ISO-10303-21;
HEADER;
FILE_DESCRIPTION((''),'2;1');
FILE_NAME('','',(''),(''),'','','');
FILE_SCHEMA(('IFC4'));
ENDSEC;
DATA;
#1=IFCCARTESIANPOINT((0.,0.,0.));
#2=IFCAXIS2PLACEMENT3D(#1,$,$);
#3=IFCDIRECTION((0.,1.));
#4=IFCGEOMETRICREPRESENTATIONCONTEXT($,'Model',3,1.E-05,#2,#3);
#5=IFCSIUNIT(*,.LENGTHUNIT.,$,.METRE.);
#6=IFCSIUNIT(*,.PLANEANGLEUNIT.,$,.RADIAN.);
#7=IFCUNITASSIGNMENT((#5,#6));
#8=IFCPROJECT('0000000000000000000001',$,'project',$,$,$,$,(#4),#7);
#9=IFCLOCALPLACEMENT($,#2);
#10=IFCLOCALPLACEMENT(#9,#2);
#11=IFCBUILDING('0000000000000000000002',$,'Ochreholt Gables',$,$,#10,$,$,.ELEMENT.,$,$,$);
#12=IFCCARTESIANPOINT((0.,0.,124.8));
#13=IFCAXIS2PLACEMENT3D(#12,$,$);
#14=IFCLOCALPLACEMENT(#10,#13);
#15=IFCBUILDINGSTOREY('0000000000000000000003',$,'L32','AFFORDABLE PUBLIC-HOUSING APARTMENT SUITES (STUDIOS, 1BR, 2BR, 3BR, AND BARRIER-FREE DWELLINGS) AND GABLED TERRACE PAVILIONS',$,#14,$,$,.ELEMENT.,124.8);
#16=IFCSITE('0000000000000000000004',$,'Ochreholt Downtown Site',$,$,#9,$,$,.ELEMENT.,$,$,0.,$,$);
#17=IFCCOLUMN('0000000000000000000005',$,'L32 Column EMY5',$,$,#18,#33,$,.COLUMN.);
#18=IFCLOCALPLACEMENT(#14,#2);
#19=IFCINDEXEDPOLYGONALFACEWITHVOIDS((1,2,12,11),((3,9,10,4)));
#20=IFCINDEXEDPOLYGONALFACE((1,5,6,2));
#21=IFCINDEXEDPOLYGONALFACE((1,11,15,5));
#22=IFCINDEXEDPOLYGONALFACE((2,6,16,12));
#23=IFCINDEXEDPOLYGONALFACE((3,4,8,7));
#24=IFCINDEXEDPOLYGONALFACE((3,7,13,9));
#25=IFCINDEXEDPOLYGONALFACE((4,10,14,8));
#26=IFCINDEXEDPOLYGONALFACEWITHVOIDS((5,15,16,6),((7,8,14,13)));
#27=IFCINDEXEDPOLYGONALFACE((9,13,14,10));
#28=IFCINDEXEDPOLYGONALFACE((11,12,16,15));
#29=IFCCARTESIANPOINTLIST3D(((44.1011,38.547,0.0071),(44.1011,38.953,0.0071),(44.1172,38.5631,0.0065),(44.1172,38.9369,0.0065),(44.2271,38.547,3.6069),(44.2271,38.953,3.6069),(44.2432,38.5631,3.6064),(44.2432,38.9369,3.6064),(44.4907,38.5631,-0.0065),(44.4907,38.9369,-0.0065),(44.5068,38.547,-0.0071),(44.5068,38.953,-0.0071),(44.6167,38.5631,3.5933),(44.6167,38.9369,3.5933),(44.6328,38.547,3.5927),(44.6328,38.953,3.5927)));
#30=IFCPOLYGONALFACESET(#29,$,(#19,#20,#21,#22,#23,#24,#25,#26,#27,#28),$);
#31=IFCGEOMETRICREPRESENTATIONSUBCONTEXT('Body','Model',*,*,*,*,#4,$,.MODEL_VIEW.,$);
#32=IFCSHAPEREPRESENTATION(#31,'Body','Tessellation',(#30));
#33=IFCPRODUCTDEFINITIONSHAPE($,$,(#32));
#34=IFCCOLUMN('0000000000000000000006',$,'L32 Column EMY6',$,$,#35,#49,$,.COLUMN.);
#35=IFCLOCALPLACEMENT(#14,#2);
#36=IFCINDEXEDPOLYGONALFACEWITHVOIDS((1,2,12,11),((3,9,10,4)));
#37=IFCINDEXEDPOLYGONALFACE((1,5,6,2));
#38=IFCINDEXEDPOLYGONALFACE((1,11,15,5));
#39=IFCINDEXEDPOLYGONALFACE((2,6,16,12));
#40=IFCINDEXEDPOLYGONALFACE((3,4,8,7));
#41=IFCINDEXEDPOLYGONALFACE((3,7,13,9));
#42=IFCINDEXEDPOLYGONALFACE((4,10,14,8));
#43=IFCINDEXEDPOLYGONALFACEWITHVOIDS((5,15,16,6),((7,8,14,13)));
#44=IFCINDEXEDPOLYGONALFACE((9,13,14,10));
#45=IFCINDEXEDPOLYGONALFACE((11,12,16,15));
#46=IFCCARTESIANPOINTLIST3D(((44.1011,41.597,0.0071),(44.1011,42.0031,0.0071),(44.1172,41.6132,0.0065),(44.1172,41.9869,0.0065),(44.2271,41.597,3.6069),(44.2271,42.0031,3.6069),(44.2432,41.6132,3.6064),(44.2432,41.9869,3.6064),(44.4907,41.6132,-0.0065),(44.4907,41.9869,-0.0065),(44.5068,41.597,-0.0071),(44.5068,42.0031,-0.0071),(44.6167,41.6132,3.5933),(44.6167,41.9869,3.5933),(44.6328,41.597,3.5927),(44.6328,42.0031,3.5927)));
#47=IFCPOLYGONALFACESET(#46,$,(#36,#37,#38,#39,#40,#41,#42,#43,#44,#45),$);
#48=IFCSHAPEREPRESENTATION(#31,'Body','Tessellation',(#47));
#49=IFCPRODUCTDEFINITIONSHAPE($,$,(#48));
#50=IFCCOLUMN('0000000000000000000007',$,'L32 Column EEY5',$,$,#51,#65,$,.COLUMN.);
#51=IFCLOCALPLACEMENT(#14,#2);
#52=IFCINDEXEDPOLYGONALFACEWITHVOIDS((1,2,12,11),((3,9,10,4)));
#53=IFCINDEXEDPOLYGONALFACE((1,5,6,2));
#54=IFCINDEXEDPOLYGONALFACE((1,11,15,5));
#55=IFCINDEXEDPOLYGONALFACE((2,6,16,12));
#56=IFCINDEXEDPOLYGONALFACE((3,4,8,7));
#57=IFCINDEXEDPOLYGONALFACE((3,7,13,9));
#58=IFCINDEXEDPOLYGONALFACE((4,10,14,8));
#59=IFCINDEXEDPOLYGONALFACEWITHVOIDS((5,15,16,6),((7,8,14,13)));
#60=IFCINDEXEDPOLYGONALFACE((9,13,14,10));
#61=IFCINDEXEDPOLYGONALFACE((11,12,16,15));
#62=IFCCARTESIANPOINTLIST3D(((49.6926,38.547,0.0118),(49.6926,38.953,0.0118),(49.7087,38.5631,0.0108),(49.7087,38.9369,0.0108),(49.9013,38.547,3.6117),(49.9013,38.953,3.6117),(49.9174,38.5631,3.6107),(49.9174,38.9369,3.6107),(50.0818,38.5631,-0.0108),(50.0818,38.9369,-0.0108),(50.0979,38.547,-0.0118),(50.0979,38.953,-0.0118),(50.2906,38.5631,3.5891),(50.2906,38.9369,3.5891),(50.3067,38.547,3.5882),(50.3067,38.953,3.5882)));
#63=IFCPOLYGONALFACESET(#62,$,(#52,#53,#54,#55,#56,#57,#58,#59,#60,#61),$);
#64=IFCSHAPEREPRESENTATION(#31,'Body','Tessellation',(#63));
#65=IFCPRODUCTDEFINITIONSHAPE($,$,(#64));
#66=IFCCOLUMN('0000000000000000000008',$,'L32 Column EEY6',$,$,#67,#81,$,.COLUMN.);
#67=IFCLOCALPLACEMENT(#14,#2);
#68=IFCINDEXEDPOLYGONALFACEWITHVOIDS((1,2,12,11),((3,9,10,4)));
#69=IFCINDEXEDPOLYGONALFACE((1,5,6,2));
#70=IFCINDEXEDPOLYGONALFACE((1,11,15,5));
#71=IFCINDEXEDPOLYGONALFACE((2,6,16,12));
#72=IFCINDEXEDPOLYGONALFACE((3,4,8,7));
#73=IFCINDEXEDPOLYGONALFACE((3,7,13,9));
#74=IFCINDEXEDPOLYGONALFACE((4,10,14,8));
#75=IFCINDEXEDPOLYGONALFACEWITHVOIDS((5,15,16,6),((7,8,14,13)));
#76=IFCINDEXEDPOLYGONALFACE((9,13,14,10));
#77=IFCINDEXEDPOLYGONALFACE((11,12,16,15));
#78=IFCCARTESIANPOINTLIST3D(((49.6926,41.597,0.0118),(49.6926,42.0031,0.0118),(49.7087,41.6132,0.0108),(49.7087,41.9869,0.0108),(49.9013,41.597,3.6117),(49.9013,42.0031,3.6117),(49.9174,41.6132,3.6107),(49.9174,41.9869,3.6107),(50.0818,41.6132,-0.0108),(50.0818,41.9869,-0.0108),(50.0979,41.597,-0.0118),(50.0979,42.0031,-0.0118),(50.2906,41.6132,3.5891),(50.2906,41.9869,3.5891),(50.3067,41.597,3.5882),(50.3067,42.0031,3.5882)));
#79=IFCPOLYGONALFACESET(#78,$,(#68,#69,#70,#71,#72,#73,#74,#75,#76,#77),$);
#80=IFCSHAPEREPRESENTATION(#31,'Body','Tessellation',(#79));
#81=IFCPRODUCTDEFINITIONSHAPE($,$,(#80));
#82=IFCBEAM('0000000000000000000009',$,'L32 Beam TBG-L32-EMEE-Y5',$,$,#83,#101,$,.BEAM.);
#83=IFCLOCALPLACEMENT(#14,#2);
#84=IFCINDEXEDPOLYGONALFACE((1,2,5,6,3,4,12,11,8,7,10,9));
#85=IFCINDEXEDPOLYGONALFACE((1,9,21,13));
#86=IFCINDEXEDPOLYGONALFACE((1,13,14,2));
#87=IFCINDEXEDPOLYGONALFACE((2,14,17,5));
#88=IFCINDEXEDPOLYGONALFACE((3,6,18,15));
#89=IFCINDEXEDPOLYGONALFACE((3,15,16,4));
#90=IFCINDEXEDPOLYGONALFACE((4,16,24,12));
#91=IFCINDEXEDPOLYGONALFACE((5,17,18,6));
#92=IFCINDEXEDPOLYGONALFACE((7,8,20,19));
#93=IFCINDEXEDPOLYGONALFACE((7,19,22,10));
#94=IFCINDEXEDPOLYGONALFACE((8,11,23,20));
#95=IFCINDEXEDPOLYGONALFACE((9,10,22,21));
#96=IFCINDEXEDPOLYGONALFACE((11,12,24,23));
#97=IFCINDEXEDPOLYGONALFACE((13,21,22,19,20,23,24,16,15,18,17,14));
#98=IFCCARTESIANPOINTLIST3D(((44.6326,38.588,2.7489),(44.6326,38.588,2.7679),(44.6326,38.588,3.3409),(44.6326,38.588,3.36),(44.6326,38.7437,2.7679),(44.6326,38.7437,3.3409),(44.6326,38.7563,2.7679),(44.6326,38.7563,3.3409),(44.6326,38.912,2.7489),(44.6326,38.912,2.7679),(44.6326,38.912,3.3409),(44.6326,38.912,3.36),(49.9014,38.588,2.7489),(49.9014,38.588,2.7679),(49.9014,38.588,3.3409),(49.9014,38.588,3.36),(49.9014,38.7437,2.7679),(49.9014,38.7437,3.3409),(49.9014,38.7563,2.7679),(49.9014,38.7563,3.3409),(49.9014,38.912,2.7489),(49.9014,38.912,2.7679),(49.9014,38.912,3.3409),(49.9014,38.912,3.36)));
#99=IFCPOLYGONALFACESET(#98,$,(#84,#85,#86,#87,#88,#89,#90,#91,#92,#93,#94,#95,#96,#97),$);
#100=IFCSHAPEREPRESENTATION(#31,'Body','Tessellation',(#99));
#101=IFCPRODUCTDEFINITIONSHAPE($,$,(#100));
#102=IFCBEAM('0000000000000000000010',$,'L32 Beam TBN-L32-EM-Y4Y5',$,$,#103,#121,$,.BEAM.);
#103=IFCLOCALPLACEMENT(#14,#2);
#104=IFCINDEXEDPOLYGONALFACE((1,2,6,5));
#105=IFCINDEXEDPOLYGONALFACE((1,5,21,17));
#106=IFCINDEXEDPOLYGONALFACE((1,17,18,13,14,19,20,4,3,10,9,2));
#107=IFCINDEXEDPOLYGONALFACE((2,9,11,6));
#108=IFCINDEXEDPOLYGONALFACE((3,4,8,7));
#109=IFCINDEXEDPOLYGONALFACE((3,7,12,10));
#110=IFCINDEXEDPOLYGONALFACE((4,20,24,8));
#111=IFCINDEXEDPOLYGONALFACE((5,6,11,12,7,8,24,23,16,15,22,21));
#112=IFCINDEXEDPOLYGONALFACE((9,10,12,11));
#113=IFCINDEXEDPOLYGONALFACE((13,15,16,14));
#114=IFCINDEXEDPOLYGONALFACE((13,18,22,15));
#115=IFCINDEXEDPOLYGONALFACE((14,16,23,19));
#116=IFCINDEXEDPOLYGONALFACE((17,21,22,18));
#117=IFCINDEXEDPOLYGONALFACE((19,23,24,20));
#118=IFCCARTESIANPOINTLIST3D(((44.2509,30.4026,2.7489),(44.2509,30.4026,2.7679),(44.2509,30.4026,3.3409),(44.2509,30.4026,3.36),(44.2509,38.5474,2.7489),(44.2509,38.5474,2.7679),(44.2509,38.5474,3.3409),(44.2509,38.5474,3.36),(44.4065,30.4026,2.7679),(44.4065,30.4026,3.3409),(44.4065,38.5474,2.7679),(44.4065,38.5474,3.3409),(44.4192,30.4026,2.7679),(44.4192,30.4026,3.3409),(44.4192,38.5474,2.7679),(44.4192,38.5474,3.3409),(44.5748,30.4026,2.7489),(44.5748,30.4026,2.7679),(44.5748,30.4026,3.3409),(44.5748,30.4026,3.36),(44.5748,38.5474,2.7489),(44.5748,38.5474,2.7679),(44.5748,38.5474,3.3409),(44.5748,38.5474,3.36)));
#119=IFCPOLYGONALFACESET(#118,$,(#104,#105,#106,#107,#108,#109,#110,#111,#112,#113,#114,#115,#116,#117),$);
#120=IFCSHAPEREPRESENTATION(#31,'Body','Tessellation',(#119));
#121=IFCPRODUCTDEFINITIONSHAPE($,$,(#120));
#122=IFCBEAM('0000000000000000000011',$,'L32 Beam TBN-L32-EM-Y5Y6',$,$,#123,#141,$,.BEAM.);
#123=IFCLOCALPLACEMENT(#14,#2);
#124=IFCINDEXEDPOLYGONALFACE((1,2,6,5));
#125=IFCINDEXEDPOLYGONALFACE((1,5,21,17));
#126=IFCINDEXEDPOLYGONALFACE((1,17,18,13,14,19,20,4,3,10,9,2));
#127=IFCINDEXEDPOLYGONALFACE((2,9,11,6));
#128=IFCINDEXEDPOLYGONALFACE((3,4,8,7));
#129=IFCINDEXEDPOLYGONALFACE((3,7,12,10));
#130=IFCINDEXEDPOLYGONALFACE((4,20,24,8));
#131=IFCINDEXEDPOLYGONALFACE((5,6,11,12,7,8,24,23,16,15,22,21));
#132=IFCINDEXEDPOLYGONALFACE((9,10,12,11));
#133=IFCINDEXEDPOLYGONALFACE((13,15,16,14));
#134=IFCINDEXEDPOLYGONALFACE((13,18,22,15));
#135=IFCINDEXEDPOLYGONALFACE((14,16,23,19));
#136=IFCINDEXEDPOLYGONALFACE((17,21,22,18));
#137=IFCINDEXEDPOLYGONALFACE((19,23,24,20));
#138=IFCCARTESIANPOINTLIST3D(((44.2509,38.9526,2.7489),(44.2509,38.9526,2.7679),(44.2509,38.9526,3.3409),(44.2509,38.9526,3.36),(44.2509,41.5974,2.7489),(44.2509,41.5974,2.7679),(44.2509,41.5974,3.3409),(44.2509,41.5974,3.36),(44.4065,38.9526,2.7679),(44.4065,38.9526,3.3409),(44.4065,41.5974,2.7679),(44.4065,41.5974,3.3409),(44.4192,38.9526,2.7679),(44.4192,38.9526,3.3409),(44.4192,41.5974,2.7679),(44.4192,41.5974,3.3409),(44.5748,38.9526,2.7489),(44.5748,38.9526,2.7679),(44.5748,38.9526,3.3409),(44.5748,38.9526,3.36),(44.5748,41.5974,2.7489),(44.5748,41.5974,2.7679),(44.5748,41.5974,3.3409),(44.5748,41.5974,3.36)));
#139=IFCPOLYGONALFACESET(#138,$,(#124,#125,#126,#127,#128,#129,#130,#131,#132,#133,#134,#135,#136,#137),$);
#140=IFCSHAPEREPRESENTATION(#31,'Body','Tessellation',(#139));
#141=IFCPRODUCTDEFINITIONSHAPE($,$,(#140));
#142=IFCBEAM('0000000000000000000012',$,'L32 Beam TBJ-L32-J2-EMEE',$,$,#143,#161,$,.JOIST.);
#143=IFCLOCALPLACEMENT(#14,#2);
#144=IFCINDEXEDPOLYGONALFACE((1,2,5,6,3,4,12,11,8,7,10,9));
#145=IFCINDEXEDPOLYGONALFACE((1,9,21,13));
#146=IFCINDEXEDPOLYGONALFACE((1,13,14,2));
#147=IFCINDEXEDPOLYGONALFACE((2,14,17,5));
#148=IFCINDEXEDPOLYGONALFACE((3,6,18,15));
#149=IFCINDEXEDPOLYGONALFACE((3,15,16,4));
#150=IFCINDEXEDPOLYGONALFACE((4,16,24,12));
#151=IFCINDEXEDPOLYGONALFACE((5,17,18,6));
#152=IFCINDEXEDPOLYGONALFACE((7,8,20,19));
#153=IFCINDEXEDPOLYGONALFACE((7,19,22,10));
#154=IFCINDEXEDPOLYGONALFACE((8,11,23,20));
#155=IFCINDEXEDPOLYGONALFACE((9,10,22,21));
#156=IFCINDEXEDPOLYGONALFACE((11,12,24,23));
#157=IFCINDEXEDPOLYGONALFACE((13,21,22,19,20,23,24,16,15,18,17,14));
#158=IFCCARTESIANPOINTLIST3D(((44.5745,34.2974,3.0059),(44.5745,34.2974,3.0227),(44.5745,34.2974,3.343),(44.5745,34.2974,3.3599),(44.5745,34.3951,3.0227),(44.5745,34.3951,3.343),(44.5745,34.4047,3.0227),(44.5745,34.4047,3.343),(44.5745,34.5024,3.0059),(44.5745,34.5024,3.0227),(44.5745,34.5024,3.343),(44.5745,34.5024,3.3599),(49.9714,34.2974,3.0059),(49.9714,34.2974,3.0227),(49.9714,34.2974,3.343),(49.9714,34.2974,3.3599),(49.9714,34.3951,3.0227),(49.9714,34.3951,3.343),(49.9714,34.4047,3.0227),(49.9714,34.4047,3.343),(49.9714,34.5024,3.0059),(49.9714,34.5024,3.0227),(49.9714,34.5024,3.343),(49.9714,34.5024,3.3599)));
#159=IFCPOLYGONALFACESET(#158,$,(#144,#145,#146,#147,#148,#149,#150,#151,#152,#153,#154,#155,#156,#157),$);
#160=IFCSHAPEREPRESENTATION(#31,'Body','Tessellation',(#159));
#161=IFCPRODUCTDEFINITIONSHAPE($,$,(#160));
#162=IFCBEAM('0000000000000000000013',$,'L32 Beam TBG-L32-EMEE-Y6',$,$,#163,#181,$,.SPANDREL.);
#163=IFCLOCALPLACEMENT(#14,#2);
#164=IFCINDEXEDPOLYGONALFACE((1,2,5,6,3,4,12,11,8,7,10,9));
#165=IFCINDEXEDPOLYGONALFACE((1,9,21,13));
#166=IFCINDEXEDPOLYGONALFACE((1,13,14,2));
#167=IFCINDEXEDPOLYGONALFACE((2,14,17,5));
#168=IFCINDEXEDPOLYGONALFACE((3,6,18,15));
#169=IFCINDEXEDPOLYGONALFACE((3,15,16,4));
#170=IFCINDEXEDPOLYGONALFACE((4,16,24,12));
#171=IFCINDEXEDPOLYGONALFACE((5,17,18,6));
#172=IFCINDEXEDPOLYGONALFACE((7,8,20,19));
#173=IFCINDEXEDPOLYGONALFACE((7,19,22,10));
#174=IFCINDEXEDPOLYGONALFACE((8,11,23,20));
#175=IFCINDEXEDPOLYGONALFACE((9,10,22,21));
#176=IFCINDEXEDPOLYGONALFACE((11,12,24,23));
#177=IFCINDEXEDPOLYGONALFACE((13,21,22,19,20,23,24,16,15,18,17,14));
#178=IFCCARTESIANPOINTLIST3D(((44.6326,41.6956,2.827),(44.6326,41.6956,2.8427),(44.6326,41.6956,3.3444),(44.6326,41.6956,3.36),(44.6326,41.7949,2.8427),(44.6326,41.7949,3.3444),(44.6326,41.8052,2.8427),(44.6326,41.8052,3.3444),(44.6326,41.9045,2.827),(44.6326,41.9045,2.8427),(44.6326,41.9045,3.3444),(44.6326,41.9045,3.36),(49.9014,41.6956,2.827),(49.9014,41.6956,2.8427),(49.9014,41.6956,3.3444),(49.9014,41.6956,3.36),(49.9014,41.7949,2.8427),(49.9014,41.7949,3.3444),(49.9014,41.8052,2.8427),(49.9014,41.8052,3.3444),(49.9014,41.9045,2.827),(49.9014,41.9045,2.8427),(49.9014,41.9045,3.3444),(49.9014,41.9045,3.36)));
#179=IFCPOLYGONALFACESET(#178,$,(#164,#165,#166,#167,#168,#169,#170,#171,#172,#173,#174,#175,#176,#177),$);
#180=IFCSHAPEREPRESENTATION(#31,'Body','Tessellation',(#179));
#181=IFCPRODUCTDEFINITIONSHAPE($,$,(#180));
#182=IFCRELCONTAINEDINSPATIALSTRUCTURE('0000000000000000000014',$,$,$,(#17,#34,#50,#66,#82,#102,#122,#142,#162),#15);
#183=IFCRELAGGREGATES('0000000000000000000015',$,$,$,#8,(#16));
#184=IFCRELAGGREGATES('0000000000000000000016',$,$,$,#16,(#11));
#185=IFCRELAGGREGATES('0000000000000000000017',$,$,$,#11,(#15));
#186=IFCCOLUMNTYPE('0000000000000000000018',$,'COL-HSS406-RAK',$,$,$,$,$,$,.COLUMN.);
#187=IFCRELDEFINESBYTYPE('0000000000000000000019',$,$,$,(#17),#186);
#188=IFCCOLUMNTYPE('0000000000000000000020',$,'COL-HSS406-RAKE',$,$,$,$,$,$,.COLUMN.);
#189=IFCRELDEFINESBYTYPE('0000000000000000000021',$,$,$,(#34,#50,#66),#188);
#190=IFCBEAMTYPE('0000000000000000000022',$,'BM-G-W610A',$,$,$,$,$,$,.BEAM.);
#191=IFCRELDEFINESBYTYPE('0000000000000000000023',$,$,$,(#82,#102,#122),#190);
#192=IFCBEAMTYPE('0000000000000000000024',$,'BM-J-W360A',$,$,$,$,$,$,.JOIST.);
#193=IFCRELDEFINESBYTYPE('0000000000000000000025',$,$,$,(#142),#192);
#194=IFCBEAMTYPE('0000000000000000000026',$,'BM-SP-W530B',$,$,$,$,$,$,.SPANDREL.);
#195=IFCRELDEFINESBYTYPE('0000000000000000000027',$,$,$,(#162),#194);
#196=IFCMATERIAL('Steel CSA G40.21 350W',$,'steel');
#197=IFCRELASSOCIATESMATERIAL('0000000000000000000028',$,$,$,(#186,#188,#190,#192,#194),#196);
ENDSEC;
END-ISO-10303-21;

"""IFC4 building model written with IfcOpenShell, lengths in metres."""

from ifc_helpers import new_model, si_unit, direction, frame, origin, origin_2d, place, context, subcontext, project, spatial, hollow_rectangle, i_section, extrude, material, material_profile, profile_set, type_object, element, save


model = new_model("IFC4")

# Units and contexts
model_context = context("Model", 3, precision=1e-05, world=origin(), true_north=direction((0.0, 1.0)))
body_context = subcontext(model_context, "Body", "Model", "MODEL_VIEW")
ifc_project = project(units=[si_unit("LENGTHUNIT", "METRE"), si_unit("PLANEANGLEUNIT", "RADIAN")], contexts=[model_context])

# Site, building, storey
site_placement = place(None, origin())
site = spatial("IfcSite", under=ifc_project, at=site_placement, Name="Ochreholt Downtown Site", CompositionType="ELEMENT", RefElevation=0.0)
building_placement = place(site_placement, origin())
building = spatial("IfcBuilding", under=site, at=building_placement, Name="Ochreholt Gables", CompositionType="ELEMENT")
storey_placement = place(building_placement, frame((0.0, 0.0, 124.8)))
storey = spatial("IfcBuildingStorey", under=building, at=storey_placement, Name="L32", Description="AFFORDABLE PUBLIC-HOUSING APARTMENT SUITES (STUDIOS, 1BR, 2BR, 3BR, AND BARRIER-FREE DWELLINGS) AND GABLED TERRACE PAVILIONS", CompositionType="ELEMENT", Elevation=124.8)

# Columns
ifc_material_1 = material(Name="Steel CSA G40.21 350W", Category="steel")
ifc_material_profile_1 = material_profile(ifc_material_1, hollow_rectangle(XDim=0.406, YDim=0.406, WallThickness=0.0161, at=origin_2d()), Name="HSS406X406X16")
ifc_profile_set_1 = profile_set([ifc_material_profile_1], Name="Steel CSA G40.21 350W")
column_type_1 = type_object("IfcColumnType", Name="COL-HSS406-RAK", PredefinedType="COLUMN", material=ifc_profile_set_1)
column_1_placement = place(storey_placement, frame((44.304, 38.75, 0.0), z_axis=(0.034974, 0.0, 0.999388), x_axis=(0.0, 1.0, 0.0)))
element("IfcColumn", 1, at=column_1_placement, inside=storey, type_object=column_type_1, Name="L32 Column EMY5", PredefinedType="COLUMN", context=body_context, shape_type="SweptSolid", body=[
    extrude(hollow_rectangle(XDim=0.406, YDim=0.406, WallThickness=0.0161, at=origin_2d()), origin(), (0.0, 0.0, 1.0), 3.6021),
])
ifc_material_profile_2 = material_profile(ifc_material_1, hollow_rectangle(XDim=0.406, YDim=0.406, WallThickness=0.0161, at=origin_2d()), Name="HSS406X406X16")
ifc_profile_set_2 = profile_set([ifc_material_profile_2], Name="Steel CSA G40.21 350W")
column_type_2 = type_object("IfcColumnType", Name="COL-HSS406-RAKE", PredefinedType="COLUMN", material=ifc_profile_set_2)
column_2_placement = place(storey_placement, frame((44.304, 41.8, 0.0), z_axis=(0.034974, 0.0, 0.999388), x_axis=(0.0, 1.0, 0.0)))
element("IfcColumn", 2, at=column_2_placement, inside=storey, type_object=column_type_2, Name="L32 Column EMY6", PredefinedType="COLUMN", context=body_context, shape_type="SweptSolid", body=[
    extrude(hollow_rectangle(XDim=0.406, YDim=0.406, WallThickness=0.0161, at=origin_2d()), origin(), (0.0, 0.0, 1.0), 3.6021),
])
for number, where, z_axis, x_axis, name in (
    (3, (49.8953, 38.75, 0.0), (0.057889, 0.0, 0.998323), (0.0, 1.0, 0.0), "L32 Column EEY5"),
    (4, (49.8953, 41.8, 0.0), (0.057889, 0.0, 0.998323), (0.0, 1.0, 0.0), "L32 Column EEY6"),
):
    element("IfcColumn", number, at=place(storey_placement, frame(where, z_axis=z_axis, x_axis=x_axis)), inside=storey, type_object=column_type_2, Name=name, PredefinedType="COLUMN", context=body_context, shape_type="SweptSolid", body=[
        extrude(hollow_rectangle(XDim=0.406, YDim=0.406, WallThickness=0.0161, at=origin_2d()), origin(), (0.0, 0.0, 1.0), 3.606),
    ])

# Beams
ifc_material_profile_3 = material_profile(ifc_material_1, i_section(OverallWidth=0.324, OverallDepth=0.6111, WebThickness=0.0127, FlangeThickness=0.019, at=origin_2d()), Name="W610X155")
ifc_profile_set_3 = profile_set([ifc_material_profile_3], Name="Steel CSA G40.21 350W")
beam_type_1 = type_object("IfcBeamType", Name="BM-G-W610A", PredefinedType="BEAM", material=ifc_profile_set_3)
beam_1_placement = place(storey_placement, frame((44.6326, 38.75, 3.0544), z_axis=(1.0, 0.0, 0.0), x_axis=(0.0, 1.0, 0.0)))
element("IfcBeam", 5, at=beam_1_placement, inside=storey, type_object=beam_type_1, Name="L32 Beam TBG-L32-EMEE-Y5", PredefinedType="BEAM", context=body_context, shape_type="SweptSolid", body=[
    extrude(i_section(OverallWidth=0.324, OverallDepth=0.6111, WebThickness=0.0127, FlangeThickness=0.019, at=origin_2d()), origin(), (0.0, 0.0, 1.0), 5.2688),
])
beam_2_placement = place(storey_placement, frame((44.4128, 30.4026, 3.0544), z_axis=(0.0, 1.0, 0.0), x_axis=(-1.0, 0.0, 0.0)))
element("IfcBeam", 6, at=beam_2_placement, inside=storey, type_object=beam_type_1, Name="L32 Beam TBN-L32-EM-Y4Y5", PredefinedType="BEAM", context=body_context, shape_type="SweptSolid", body=[
    extrude(i_section(OverallWidth=0.324, OverallDepth=0.6111, WebThickness=0.0127, FlangeThickness=0.019, at=origin_2d()), origin(), (0.0, 0.0, 1.0), 8.1448),
])
beam_3_placement = place(storey_placement, frame((44.4128, 38.9526, 3.0544), z_axis=(0.0, 1.0, 0.0), x_axis=(-1.0, 0.0, 0.0)))
element("IfcBeam", 7, at=beam_3_placement, inside=storey, type_object=beam_type_1, Name="L32 Beam TBN-L32-EM-Y5Y6", PredefinedType="BEAM", context=body_context, shape_type="SweptSolid", body=[
    extrude(i_section(OverallWidth=0.324, OverallDepth=0.6111, WebThickness=0.0127, FlangeThickness=0.019, at=origin_2d()), origin(), (0.0, 0.0, 1.0), 2.6448),
])
ifc_material_profile_4 = material_profile(ifc_material_1, i_section(OverallWidth=0.2051, OverallDepth=0.354, WebThickness=0.0095, FlangeThickness=0.0168, at=origin_2d()), Name="W360X79")
ifc_profile_set_4 = profile_set([ifc_material_profile_4], Name="Steel CSA G40.21 350W")
beam_type_2 = type_object("IfcBeamType", Name="BM-J-W360A", PredefinedType="JOIST", material=ifc_profile_set_4)
beam_4_placement = place(storey_placement, frame((44.5745, 34.3999, 3.1829), z_axis=(1.0, 0.0, 0.0), x_axis=(0.0, 1.0, 0.0)))
element("IfcBeam", 8, at=beam_4_placement, inside=storey, type_object=beam_type_2, Name="L32 Beam TBJ-L32-J2-EMEE", PredefinedType="JOIST", context=body_context, shape_type="SweptSolid", body=[
    extrude(i_section(OverallWidth=0.2051, OverallDepth=0.354, WebThickness=0.0095, FlangeThickness=0.0168, at=origin_2d()), origin(), (0.0, 0.0, 1.0), 5.397),
])
ifc_material_profile_5 = material_profile(ifc_material_1, i_section(OverallWidth=0.209, OverallDepth=0.533, WebThickness=0.0103, FlangeThickness=0.0156, at=origin_2d()), Name="W530X92")
ifc_profile_set_5 = profile_set([ifc_material_profile_5], Name="Steel CSA G40.21 350W")
beam_type_3 = type_object("IfcBeamType", Name="BM-SP-W530B", PredefinedType="SPANDREL", material=ifc_profile_set_5)
beam_5_placement = place(storey_placement, frame((44.6326, 41.8, 3.0935), z_axis=(1.0, 0.0, 0.0), x_axis=(0.0, 1.0, 0.0)))
element("IfcBeam", 9, at=beam_5_placement, inside=storey, type_object=beam_type_3, Name="L32 Beam TBG-L32-EMEE-Y6", PredefinedType="SPANDREL", context=body_context, shape_type="SweptSolid", body=[
    extrude(i_section(OverallWidth=0.209, OverallDepth=0.533, WebThickness=0.0103, FlangeThickness=0.0156, at=origin_2d()), origin(), (0.0, 0.0, 1.0), 5.2688),
])

save(model, "model.ifc")
